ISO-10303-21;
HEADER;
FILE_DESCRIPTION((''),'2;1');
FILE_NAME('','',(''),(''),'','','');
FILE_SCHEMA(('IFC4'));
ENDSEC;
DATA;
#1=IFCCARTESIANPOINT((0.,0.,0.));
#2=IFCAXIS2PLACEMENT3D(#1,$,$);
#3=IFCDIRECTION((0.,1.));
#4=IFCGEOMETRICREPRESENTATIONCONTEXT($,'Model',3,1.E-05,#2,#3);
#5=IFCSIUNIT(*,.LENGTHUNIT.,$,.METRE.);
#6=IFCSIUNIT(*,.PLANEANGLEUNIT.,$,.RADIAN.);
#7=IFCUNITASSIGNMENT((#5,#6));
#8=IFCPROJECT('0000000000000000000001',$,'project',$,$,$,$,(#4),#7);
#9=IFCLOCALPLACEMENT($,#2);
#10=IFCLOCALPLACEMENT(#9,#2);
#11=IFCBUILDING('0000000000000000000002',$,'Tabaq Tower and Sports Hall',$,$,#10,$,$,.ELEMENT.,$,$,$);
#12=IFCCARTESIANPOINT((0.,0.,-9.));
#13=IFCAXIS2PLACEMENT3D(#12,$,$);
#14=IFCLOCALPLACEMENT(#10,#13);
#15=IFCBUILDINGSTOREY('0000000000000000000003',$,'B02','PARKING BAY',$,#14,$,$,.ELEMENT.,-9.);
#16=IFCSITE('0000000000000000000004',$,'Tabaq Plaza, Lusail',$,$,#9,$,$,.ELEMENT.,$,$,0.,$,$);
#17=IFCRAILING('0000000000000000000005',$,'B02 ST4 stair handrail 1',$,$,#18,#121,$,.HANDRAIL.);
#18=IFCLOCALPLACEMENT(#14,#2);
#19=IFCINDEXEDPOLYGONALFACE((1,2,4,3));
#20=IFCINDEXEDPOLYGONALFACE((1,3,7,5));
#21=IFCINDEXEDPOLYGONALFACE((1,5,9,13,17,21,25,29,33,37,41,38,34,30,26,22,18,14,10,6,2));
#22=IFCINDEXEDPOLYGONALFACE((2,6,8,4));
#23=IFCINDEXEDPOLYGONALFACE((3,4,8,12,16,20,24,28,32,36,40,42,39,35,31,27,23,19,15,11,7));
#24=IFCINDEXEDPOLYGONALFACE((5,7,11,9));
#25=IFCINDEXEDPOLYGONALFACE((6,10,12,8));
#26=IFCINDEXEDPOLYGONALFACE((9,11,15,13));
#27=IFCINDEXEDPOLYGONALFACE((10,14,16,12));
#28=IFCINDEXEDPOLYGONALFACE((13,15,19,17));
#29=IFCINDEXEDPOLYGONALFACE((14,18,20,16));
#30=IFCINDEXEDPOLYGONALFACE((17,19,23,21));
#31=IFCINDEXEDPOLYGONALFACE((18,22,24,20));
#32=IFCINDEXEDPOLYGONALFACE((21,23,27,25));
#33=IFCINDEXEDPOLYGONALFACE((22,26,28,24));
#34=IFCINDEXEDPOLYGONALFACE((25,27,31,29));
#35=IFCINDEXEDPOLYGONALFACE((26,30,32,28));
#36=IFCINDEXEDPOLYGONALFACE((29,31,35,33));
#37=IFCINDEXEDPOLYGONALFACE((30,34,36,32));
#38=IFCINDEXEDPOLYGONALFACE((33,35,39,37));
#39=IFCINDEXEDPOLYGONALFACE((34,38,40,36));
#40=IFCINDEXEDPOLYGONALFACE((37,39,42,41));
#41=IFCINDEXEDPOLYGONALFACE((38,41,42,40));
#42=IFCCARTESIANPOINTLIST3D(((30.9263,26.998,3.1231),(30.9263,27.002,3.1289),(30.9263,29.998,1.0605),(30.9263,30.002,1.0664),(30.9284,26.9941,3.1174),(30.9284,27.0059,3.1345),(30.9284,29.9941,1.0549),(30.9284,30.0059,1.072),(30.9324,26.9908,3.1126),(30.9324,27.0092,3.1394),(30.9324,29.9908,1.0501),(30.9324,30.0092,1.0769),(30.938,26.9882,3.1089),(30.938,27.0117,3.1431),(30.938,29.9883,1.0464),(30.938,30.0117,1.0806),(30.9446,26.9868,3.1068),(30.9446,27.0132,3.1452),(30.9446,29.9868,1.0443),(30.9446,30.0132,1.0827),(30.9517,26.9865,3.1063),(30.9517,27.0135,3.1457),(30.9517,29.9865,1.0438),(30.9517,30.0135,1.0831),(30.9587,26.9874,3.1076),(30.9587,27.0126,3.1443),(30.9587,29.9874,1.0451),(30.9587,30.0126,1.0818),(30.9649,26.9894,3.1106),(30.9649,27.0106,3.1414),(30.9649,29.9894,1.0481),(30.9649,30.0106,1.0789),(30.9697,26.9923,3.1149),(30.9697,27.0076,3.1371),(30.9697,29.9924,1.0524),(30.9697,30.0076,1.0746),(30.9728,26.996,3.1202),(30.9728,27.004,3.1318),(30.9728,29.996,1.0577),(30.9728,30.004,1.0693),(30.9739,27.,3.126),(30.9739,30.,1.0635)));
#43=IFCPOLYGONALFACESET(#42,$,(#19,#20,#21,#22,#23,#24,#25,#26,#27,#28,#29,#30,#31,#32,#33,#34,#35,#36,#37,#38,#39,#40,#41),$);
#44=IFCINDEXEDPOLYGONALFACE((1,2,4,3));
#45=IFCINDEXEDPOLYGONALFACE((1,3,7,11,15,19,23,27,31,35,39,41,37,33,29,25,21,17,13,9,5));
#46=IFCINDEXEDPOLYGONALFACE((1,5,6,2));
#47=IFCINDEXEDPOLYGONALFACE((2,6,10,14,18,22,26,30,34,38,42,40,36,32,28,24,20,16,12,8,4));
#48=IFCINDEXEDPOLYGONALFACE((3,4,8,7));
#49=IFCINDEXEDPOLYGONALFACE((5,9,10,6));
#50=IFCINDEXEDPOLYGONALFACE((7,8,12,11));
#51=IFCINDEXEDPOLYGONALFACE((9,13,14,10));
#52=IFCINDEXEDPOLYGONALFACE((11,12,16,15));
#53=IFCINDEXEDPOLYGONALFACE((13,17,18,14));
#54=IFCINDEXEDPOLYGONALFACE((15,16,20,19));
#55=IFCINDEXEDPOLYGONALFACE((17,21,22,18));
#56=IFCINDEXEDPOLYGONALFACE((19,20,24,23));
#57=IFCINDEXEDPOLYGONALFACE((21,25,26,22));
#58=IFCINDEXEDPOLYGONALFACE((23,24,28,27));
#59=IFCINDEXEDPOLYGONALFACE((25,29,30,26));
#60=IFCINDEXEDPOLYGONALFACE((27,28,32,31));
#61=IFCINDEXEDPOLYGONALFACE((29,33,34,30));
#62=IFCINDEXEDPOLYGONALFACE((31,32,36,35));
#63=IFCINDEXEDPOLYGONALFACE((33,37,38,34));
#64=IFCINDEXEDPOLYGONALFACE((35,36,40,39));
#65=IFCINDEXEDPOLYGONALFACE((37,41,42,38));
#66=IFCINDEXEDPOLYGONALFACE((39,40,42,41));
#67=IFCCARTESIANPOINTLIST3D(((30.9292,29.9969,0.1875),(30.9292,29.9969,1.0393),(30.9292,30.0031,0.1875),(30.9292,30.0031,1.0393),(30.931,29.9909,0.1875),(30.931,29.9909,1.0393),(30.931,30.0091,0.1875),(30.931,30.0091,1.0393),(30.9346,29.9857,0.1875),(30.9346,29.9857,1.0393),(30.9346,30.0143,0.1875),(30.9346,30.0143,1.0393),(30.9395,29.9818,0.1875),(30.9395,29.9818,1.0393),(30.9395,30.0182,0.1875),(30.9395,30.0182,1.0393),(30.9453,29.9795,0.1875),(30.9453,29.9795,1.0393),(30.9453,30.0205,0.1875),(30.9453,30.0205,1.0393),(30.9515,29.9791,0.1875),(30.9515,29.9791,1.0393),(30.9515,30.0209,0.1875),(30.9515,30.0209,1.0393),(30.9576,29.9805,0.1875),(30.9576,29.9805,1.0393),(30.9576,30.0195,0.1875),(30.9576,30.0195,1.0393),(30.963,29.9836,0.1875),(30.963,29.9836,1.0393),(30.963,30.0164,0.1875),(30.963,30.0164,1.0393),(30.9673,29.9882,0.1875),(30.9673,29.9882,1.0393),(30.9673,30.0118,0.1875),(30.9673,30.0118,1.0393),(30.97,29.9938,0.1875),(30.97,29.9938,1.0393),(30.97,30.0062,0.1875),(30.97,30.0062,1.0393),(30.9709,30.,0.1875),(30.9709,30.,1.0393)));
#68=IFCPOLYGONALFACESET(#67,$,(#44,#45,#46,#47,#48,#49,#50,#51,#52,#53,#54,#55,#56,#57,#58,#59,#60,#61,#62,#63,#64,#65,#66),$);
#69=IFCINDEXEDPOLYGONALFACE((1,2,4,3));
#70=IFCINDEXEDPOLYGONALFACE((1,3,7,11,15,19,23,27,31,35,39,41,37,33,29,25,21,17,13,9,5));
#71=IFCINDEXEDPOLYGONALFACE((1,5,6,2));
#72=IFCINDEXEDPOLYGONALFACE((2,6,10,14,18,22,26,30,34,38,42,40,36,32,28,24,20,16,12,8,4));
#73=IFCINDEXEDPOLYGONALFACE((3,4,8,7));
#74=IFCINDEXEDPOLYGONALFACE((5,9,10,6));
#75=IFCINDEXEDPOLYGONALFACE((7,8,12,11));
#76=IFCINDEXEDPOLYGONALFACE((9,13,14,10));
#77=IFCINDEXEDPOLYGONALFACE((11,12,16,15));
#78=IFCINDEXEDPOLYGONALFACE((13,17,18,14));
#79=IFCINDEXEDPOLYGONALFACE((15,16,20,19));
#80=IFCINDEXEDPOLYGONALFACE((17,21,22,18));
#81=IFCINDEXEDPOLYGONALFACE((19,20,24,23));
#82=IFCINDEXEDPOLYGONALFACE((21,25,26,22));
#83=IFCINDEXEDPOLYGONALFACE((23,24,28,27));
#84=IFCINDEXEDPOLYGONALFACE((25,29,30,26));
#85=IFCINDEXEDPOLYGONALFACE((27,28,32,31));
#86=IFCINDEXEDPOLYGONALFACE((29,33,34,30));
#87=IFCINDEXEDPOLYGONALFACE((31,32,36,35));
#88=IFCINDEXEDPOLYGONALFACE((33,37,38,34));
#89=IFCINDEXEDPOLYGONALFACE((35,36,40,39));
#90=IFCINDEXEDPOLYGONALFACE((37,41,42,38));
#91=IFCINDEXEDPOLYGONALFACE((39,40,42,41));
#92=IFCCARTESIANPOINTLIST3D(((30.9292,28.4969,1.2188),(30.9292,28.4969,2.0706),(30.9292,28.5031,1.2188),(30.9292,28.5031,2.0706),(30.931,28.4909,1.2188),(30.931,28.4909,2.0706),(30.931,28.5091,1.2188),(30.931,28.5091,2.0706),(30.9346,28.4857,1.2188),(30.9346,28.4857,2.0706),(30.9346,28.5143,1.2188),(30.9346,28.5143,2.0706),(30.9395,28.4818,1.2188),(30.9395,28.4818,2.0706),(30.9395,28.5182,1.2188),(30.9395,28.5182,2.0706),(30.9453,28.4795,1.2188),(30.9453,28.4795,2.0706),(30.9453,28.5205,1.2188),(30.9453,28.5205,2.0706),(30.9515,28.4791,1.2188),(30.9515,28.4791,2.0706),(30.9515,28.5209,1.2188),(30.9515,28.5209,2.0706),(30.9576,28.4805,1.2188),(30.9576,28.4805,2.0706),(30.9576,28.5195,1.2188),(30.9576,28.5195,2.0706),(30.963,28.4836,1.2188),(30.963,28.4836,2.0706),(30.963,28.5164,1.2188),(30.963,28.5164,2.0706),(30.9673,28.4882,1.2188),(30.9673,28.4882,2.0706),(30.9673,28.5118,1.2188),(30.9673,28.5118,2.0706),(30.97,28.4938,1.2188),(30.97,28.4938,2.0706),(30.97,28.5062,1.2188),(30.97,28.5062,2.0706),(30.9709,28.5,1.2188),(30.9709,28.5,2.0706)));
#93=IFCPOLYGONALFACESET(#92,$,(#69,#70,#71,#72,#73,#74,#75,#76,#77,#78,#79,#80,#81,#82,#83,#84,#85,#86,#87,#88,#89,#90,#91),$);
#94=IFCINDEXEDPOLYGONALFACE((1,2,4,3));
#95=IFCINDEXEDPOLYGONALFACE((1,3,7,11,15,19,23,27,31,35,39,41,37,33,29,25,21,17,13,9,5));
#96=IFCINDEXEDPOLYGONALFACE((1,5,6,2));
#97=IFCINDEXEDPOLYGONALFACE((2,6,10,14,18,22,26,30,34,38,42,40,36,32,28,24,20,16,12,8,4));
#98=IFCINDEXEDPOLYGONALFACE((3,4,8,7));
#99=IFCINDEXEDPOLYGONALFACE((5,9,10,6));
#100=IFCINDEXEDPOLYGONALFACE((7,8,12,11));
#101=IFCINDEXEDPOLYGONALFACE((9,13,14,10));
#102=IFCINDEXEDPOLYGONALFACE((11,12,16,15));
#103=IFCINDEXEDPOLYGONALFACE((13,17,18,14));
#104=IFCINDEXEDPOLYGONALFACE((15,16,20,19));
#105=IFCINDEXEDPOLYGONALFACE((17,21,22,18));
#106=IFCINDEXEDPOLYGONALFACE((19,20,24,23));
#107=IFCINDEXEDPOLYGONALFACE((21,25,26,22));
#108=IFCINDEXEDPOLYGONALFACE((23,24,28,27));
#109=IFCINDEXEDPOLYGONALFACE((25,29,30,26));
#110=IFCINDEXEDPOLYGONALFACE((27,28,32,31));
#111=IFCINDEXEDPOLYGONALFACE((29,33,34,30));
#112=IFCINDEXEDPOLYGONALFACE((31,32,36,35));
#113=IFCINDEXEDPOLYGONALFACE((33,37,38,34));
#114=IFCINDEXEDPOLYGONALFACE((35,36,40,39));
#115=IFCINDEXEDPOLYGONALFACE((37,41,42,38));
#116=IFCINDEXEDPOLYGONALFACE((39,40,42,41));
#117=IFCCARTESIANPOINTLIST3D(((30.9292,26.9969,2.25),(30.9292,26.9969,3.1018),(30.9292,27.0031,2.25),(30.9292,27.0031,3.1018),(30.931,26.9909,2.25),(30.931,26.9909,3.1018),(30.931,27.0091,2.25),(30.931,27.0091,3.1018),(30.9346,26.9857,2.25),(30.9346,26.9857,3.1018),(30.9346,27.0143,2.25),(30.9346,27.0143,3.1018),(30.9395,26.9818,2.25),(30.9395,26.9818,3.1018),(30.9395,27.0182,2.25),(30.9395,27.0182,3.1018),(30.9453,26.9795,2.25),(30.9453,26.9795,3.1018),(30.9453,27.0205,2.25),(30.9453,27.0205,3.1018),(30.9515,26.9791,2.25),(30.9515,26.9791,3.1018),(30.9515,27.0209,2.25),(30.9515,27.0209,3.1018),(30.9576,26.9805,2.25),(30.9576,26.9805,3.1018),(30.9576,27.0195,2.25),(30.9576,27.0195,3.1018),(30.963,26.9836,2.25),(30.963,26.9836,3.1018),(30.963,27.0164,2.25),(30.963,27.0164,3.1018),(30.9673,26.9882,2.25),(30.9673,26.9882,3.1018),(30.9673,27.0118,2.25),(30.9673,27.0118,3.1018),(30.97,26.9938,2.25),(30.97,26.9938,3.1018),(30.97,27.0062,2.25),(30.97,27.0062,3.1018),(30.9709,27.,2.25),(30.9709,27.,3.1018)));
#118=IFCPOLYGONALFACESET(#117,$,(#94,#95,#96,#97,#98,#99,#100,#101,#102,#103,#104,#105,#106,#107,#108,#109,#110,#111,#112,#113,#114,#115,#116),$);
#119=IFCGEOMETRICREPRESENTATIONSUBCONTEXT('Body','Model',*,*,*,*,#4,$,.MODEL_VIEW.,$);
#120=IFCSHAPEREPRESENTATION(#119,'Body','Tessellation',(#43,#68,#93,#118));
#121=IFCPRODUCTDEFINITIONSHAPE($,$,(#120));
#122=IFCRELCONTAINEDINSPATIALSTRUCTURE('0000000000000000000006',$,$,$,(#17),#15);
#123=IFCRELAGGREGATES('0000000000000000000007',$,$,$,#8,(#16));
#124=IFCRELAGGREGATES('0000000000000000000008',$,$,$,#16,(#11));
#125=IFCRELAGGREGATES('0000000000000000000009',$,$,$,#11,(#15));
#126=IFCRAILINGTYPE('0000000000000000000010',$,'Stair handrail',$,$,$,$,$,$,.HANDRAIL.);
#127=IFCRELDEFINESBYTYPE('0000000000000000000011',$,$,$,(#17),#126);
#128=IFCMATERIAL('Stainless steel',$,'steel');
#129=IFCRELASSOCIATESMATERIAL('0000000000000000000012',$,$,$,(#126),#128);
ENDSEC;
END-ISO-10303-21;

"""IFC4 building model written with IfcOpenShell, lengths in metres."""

from ifc_helpers import new_model, si_unit, direction, frame, origin, origin_2d, place, context, subcontext, project, spatial, circle, extrude, material, type_object, element, save


model = new_model("IFC4")

# Units and contexts
model_context = context("Model", 3, precision=1e-05, world=origin(), true_north=direction((0.0, 1.0)))
body_context = subcontext(model_context, "Body", "Model", "MODEL_VIEW")
ifc_project = project(units=[si_unit("LENGTHUNIT", "METRE"), si_unit("PLANEANGLEUNIT", "RADIAN")], contexts=[model_context])

# Site, building, storey
site_placement = place(None, origin())
site = spatial("IfcSite", under=ifc_project, at=site_placement, Name="Tabaq Plaza, Lusail", CompositionType="ELEMENT", RefElevation=0.0)
building_placement = place(site_placement, origin())
building = spatial("IfcBuilding", under=site, at=building_placement, Name="Tabaq Tower and Sports Hall", CompositionType="ELEMENT")
storey_placement = place(building_placement, frame((0.0, 0.0, -9.0)))
storey = spatial("IfcBuildingStorey", under=building, at=storey_placement, Name="B02", Description="PARKING BAY", CompositionType="ELEMENT", Elevation=-9.0)

# Railing
ifc_material_1 = material(Name="Stainless steel", Category="steel")
railing_type_1 = type_object("IfcRailingType", Name="Stair handrail", PredefinedType="HANDRAIL", material=ifc_material_1)
railing_1_placement = place(storey_placement, frame((30.95, 30.0, 0.1875)))
element("IfcRailing", 1, at=railing_1_placement, inside=storey, type_object=railing_type_1, Name="B02 ST4 stair handrail 1", PredefinedType="HANDRAIL", context=body_context, shape_type="SweptSolid", body=[
    extrude(circle(Radius=0.0239, at=origin_2d()), frame((0.0, 0.0, 0.876), z_axis=(0.0, -0.824042, 0.566529), x_axis=(1.0, 0.0, 0.0)), (0.0, 0.0, 1.0), 3.6406),
    extrude(circle(Radius=0.021, at=origin_2d()), origin(), (0.0, 0.0, 1.0), 0.8518),
    extrude(circle(Radius=0.021, at=origin_2d()), frame((0.0, -1.5, 1.0312)), (0.0, 0.0, 1.0), 0.8518),
    extrude(circle(Radius=0.021, at=origin_2d()), frame((0.0, -3.0, 2.0625)), (0.0, 0.0, 1.0), 0.8518),
])

save(model, "model.ifc")
